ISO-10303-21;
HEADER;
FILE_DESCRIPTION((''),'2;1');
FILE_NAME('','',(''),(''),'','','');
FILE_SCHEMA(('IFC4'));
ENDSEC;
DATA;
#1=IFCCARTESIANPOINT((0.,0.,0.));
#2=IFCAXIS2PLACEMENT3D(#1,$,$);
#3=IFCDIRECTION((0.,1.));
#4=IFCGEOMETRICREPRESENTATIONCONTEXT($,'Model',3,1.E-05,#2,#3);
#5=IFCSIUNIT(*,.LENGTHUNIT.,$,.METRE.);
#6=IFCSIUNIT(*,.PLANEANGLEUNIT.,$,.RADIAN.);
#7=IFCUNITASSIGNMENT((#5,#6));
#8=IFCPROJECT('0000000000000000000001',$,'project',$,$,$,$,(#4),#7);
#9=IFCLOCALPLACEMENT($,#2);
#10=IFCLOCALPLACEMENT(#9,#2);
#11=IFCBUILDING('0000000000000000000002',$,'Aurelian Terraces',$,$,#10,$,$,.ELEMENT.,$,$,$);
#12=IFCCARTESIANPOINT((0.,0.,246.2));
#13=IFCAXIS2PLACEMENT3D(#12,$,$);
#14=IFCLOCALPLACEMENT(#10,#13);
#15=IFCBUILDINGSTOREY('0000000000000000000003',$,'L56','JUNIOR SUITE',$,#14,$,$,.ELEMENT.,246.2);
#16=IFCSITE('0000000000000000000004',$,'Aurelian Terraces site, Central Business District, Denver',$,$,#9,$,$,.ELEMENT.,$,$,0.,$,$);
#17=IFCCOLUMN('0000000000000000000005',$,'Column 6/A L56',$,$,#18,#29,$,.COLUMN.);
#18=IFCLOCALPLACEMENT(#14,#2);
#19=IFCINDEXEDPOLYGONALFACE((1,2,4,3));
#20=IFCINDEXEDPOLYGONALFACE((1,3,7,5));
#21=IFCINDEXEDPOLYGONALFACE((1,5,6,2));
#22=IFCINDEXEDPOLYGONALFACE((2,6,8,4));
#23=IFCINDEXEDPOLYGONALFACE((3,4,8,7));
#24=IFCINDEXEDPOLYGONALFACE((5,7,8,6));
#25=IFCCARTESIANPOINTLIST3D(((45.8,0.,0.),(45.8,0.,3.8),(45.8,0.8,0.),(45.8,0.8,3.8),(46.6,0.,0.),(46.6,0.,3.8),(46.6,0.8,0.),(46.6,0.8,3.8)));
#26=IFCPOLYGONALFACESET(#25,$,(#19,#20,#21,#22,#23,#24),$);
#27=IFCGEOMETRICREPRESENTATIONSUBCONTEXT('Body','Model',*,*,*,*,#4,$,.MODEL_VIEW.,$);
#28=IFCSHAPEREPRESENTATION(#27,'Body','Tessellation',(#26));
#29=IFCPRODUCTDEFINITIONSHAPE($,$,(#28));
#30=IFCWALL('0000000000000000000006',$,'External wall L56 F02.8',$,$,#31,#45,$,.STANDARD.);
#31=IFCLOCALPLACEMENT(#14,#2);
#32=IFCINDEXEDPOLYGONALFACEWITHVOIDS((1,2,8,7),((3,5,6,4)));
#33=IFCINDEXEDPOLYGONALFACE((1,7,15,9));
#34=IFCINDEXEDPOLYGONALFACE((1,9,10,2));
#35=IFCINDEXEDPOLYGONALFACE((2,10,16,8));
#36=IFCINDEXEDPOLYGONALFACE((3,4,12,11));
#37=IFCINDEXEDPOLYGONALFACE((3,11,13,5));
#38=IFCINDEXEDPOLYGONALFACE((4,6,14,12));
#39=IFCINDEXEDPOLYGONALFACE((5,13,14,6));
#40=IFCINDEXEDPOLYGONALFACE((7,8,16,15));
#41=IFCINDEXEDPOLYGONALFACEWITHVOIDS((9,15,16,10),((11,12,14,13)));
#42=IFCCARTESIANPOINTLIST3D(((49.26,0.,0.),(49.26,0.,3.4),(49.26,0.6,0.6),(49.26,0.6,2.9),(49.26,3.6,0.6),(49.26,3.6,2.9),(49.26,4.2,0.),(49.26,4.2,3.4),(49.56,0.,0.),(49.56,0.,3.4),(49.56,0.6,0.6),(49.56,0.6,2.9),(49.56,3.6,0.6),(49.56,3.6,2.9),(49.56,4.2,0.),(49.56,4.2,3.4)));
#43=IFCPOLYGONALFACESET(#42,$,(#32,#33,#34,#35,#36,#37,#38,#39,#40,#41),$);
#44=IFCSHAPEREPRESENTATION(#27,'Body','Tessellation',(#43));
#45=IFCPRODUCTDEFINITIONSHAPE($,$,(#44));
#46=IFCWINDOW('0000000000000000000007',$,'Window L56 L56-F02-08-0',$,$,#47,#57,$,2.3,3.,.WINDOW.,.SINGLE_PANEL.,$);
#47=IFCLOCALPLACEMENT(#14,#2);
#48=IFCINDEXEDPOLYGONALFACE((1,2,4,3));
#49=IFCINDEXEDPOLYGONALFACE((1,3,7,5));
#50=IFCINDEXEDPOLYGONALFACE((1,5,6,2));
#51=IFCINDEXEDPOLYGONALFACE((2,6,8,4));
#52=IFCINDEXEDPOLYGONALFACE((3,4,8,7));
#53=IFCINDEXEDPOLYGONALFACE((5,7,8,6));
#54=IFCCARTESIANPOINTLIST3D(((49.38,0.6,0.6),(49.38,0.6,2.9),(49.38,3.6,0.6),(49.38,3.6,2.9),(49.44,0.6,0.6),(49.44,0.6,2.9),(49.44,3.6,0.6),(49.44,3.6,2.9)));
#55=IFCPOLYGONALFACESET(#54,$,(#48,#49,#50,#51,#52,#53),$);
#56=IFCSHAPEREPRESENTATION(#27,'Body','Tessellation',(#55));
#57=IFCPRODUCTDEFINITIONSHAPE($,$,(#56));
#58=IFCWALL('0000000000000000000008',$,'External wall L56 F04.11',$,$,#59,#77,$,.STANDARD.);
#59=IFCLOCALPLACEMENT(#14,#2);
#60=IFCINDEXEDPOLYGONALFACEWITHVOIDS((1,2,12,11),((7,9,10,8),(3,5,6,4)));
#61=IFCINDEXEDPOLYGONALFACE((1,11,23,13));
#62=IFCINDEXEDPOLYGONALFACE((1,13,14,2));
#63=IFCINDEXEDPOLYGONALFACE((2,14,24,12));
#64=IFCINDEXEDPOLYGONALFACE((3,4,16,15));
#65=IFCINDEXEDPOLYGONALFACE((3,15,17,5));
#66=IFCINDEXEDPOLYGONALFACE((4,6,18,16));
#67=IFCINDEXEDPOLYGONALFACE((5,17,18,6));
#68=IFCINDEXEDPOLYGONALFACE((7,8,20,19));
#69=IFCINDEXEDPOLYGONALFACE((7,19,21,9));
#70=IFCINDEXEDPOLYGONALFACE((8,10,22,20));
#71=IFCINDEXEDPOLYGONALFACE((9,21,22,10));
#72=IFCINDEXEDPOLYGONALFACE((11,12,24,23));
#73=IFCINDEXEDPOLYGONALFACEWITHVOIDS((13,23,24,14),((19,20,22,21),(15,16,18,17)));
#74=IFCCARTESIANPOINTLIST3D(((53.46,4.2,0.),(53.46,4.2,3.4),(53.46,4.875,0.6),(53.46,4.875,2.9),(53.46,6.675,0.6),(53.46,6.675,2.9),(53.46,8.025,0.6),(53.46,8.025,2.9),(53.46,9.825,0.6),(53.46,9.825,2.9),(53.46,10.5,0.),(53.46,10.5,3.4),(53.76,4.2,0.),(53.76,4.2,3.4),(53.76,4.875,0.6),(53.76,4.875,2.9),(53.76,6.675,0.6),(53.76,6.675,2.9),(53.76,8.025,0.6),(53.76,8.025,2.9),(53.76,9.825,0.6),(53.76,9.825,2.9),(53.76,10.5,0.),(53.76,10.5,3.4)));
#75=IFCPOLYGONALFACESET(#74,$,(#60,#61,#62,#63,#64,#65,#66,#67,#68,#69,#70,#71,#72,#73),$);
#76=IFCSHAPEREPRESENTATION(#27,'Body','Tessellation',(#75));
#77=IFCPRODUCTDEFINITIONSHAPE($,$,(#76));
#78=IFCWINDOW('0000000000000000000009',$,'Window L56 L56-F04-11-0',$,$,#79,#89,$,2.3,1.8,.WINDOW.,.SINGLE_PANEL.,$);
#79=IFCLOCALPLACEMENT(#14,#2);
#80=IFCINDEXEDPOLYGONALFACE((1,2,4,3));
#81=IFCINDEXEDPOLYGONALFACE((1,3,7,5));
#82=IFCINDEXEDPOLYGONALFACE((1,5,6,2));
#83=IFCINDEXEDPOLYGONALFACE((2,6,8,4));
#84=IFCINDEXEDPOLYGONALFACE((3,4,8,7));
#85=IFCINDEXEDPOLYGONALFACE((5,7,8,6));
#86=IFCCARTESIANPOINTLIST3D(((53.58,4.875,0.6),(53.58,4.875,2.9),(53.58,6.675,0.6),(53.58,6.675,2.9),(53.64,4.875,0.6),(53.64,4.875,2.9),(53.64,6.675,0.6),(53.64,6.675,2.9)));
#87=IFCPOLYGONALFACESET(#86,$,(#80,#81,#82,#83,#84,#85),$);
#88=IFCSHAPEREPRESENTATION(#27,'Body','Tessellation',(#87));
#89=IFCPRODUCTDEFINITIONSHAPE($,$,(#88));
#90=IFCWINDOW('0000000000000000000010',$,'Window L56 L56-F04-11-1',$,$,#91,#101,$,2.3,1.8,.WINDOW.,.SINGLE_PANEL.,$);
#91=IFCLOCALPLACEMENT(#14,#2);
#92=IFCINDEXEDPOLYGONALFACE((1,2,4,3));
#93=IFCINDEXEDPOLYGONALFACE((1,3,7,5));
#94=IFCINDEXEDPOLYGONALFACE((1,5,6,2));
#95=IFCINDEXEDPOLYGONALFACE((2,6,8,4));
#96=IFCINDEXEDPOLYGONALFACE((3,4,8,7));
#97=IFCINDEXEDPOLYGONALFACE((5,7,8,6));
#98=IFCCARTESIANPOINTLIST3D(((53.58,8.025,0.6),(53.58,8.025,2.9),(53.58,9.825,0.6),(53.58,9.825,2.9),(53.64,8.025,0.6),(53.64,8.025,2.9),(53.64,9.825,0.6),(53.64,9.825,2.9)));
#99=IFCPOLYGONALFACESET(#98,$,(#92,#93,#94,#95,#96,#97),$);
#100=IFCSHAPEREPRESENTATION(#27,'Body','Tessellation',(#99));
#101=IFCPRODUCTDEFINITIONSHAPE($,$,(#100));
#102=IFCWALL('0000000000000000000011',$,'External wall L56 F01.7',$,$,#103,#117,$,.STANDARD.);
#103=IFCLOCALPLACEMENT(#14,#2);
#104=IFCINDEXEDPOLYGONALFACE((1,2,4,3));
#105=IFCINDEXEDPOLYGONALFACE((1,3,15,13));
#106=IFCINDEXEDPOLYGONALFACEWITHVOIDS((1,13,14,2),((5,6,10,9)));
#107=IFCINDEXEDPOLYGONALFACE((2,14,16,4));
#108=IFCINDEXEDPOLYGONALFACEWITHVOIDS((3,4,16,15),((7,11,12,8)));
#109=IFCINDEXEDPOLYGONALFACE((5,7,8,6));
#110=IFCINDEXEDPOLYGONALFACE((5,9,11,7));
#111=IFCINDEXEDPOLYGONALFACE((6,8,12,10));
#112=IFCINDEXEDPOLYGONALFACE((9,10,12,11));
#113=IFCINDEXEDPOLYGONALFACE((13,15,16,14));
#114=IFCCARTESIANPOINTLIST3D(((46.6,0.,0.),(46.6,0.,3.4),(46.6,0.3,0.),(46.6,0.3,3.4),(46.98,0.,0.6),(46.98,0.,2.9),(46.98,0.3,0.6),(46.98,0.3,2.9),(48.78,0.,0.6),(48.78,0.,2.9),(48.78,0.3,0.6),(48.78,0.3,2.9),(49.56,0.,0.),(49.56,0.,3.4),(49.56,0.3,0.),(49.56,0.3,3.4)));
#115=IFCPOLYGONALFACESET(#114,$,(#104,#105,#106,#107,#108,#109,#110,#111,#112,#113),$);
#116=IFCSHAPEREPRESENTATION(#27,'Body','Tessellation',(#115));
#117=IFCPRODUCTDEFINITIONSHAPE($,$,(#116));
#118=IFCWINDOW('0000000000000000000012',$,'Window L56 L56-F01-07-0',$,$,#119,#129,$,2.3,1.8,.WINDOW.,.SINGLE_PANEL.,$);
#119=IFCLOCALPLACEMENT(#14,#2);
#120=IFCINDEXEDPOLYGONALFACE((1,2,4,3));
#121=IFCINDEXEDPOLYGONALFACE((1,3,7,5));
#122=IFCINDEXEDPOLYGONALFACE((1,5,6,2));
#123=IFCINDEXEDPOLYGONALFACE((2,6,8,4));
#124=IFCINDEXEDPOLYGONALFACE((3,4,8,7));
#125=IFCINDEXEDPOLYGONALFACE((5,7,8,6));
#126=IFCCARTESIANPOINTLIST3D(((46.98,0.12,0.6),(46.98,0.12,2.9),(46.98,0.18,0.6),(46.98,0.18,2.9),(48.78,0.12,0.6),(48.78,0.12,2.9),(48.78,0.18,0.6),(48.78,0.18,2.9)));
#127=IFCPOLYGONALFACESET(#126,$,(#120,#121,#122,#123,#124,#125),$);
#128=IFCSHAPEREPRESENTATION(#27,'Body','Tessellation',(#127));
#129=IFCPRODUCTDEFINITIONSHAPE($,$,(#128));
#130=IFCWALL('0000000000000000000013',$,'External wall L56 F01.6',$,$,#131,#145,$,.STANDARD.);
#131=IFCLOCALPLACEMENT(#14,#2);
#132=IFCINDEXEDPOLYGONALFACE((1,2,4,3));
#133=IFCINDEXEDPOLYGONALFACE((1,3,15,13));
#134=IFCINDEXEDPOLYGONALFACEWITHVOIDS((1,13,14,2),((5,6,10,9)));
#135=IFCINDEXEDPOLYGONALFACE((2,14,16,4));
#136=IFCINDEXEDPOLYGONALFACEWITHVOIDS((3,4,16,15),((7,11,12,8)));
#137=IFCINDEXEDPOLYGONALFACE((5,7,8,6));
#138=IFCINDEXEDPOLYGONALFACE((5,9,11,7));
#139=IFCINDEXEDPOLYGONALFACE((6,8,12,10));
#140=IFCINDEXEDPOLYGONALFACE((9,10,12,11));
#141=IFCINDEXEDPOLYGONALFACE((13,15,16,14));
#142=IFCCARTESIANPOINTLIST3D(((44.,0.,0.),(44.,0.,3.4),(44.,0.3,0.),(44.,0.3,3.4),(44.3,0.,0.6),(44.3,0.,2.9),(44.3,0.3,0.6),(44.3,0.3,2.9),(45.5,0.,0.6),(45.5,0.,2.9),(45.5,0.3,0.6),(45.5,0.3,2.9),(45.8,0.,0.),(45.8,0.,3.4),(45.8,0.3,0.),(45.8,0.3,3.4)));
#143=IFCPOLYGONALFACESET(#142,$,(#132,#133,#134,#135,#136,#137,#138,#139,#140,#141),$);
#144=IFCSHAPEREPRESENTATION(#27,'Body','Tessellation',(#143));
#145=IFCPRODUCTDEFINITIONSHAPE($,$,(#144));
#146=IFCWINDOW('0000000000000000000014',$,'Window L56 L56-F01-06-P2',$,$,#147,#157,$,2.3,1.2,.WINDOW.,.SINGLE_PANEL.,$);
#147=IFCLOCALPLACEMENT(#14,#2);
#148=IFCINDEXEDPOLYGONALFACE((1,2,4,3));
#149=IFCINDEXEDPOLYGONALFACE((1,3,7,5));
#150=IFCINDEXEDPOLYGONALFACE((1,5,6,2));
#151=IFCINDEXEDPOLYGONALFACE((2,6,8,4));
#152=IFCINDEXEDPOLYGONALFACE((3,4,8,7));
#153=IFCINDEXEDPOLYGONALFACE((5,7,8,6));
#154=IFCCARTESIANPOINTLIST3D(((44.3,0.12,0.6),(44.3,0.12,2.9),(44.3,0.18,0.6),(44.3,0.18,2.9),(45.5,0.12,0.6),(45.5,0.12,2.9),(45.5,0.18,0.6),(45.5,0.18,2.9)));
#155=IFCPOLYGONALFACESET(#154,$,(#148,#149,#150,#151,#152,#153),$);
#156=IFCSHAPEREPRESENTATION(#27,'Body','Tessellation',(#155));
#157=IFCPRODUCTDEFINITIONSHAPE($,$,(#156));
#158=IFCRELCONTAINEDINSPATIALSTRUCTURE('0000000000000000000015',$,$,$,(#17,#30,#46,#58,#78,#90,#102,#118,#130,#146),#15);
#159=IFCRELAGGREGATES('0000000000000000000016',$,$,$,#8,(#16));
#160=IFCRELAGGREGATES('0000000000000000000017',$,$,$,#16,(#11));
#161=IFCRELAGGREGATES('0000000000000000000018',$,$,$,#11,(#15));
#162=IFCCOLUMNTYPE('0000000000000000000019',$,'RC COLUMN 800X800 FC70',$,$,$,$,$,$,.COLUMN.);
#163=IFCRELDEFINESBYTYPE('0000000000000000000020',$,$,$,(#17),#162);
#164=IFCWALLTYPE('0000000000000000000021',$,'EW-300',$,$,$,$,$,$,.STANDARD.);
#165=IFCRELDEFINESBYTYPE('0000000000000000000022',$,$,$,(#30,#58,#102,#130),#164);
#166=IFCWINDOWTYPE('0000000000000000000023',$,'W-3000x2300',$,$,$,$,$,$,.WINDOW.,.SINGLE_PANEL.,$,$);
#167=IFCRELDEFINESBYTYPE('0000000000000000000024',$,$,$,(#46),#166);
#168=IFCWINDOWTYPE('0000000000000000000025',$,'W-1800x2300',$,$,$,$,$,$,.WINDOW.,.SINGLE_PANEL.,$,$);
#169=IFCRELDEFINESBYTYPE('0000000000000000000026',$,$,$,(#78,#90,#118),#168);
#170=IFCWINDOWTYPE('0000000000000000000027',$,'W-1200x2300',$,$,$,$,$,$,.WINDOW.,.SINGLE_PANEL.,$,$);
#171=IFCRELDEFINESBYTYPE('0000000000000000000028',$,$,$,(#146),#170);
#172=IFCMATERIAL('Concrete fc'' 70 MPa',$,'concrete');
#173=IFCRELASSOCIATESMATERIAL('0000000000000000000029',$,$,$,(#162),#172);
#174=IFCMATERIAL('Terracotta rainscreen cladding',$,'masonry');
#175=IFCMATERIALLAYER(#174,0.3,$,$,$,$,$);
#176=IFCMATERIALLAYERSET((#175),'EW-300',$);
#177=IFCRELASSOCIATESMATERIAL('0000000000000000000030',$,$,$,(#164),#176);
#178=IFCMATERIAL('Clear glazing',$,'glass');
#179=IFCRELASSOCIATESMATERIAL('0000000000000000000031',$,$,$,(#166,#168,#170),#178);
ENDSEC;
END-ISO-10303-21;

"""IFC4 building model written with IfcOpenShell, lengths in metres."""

from ifc_helpers import new_model, si_unit, direction, frame, frame_2d, origin, origin_2d, place, context, subcontext, project, spatial, rectangle, extrude, source, transform, mapped, material, layer, layer_set, material_profile, profile_set, type_object, element, fill, save


model = new_model("IFC4")

# Units and contexts
model_context = context("Model", 3, precision=1e-05, world=origin(), true_north=direction((0.0, 1.0)))
body_context = subcontext(model_context, "Body", "Model", "MODEL_VIEW")
ifc_project = project(units=[si_unit("LENGTHUNIT", "METRE"), si_unit("PLANEANGLEUNIT", "RADIAN")], contexts=[model_context])

# Site, building, storey
site_placement = place(None, origin())
site = spatial("IfcSite", under=ifc_project, at=site_placement, Name="Aurelian Terraces site, Central Business District, Denver", CompositionType="ELEMENT", RefElevation=0.0)
building_placement = place(site_placement, origin())
building = spatial("IfcBuilding", under=site, at=building_placement, Name="Aurelian Terraces", CompositionType="ELEMENT")
storey_placement = place(building_placement, frame((0.0, 0.0, 246.2)))
storey = spatial("IfcBuildingStorey", under=building, at=storey_placement, Name="L56", Description="JUNIOR SUITE", CompositionType="ELEMENT", Elevation=246.2)

# Column
ifc_material_1 = material(Name="Concrete fc' 70 MPa", Category="concrete")
ifc_material_profile = material_profile(ifc_material_1, rectangle(XDim=0.8, YDim=0.8, at=origin_2d()))
ifc_profile_set = profile_set([ifc_material_profile], Name="Concrete fc' 70 MPa")
column_type = type_object("IfcColumnType", Name="RC COLUMN 800X800 FC70", PredefinedType="COLUMN", material=ifc_profile_set)
shared_shape_1 = source(origin(), body_context, "Body", "SweptSolid", [
    extrude(rectangle(XDim=0.8, YDim=0.8, at=origin_2d()), origin(), (0.0, 0.0, 1.0), 3.8),
])
column_placement = place(storey_placement, frame((46.2, 0.4, 0.0), z_axis=(0.0, 0.0, 1.0), x_axis=(1.0, 0.0, 0.0)))
element("IfcColumn", 1, at=column_placement, inside=storey, type_object=column_type, Name="Column 6/A L56", PredefinedType="COLUMN", context=body_context, shape_type="MappedRepresentation", body=[
    mapped(shared_shape_1, transform((0.0, 0.0, 0.0), scale=1.0)),
])

# Wall, opening, window
ifc_material_2 = material(Name="Terracotta rainscreen cladding", Category="masonry")
ifc_layer_1 = layer(ifc_material_2, 0.3)
ifc_layer_set_1 = layer_set([ifc_layer_1], Name="EW-300")
wall_type_1 = type_object("IfcWallType", Name="EW-300", PredefinedType="STANDARD", material=ifc_layer_set_1)
shared_shape_2 = source(origin(), body_context, "Body", "SweptSolid", [
    extrude(rectangle(XDim=4.2, YDim=0.3, at=frame_2d((2.1, 0.0))), origin(), (0.0, 0.0, 1.0), 3.4),
])
wall_1_placement = place(storey_placement, frame((49.41, 0.0, 0.0), z_axis=(0.0, 0.0, 1.0), x_axis=(0.0, 1.0, 0.0)))
wall_1 = element("IfcWall", 2, at=wall_1_placement, inside=storey, type_object=wall_type_1, Name="External wall L56 F02.8", PredefinedType="STANDARD", context=body_context, shape_type="MappedRepresentation", body=[
    mapped(shared_shape_2, transform((0.0, 0.0, 0.0), scale=1.0)),
])
shared_shape_3 = source(origin(), body_context, "Body", "SweptSolid", [
    extrude(rectangle(XDim=3.0, YDim=2.3, at=frame_2d((1.5, 1.15))), frame((0.0, 0.16, 0.0), z_axis=(0.0, -1.0, 0.0), x_axis=(1.0, 0.0, 0.0)), (0.0, 0.0, 1.0), 0.32),
])
opening_1_placement = place(wall_1_placement, frame((0.6, 0.0, 0.6)))
opening_1 = element("IfcOpeningElement", 3, at=opening_1_placement, cuts=wall_1, PredefinedType="OPENING", context=body_context, shape_type="MappedRepresentation", body=[
    mapped(shared_shape_3, transform((0.0, 0.0, 0.0), scale=1.0)),
])
ifc_material_3 = material(Name="Clear glazing", Category="glass")
window_type_1 = type_object("IfcWindowType", Name="W-3000x2300", PartitioningType="SINGLE_PANEL", PredefinedType="WINDOW", material=ifc_material_3)
shared_shape_4 = source(origin(), body_context, "Body", "SweptSolid", [
    extrude(rectangle(XDim=3.0, YDim=2.3, at=frame_2d((1.5, 1.15))), frame((0.0, 0.03, 0.0), z_axis=(0.0, -1.0, 0.0), x_axis=(1.0, 0.0, 0.0)), (0.0, 0.0, 1.0), 0.06),
])
window_1_placement = place(opening_1_placement, origin())
window_1 = element("IfcWindow", 4, at=window_1_placement, inside=storey, type_object=window_type_1, Name="Window L56 L56-F02-08-0", OverallHeight=2.3, OverallWidth=3.0, PartitioningType="SINGLE_PANEL", PredefinedType="WINDOW", context=body_context, shape_type="MappedRepresentation", body=[
    mapped(shared_shape_4, transform((0.0, 0.0, 0.0), scale=1.0)),
])
fill(opening_1, window_1)

# Wall, openings, windows
shared_shape_5 = source(origin(), body_context, "Body", "SweptSolid", [
    extrude(rectangle(XDim=6.3, YDim=0.3, at=frame_2d((3.15, 0.0))), origin(), (0.0, 0.0, 1.0), 3.4),
])
wall_2_placement = place(storey_placement, frame((53.61, 4.2, 0.0), z_axis=(0.0, 0.0, 1.0), x_axis=(0.0, 1.0, 0.0)))
wall_2 = element("IfcWall", 5, at=wall_2_placement, inside=storey, type_object=wall_type_1, Name="External wall L56 F04.11", PredefinedType="STANDARD", context=body_context, shape_type="MappedRepresentation", body=[
    mapped(shared_shape_5, transform((0.0, 0.0, 0.0), scale=1.0)),
])
shared_shape_6 = source(origin(), body_context, "Body", "SweptSolid", [
    extrude(rectangle(XDim=1.8, YDim=2.3, at=frame_2d((0.9, 1.15))), frame((0.0, 0.16, 0.0), z_axis=(0.0, -1.0, 0.0), x_axis=(1.0, 0.0, 0.0)), (0.0, 0.0, 1.0), 0.32),
])
opening_2_placement = place(wall_2_placement, frame((0.675, 0.0, 0.6)))
opening_2 = element("IfcOpeningElement", 6, at=opening_2_placement, cuts=wall_2, PredefinedType="OPENING", context=body_context, shape_type="MappedRepresentation", body=[
    mapped(shared_shape_6, transform((0.0, 0.0, 0.0), scale=1.0)),
])
opening_3_placement = place(wall_2_placement, frame((3.825, 0.0, 0.6)))
opening_3 = element("IfcOpeningElement", 7, at=opening_3_placement, cuts=wall_2, PredefinedType="OPENING", context=body_context, shape_type="MappedRepresentation", body=[
    mapped(shared_shape_6, transform((0.0, 0.0, 0.0), scale=1.0)),
])
window_type_2 = type_object("IfcWindowType", Name="W-1800x2300", PartitioningType="SINGLE_PANEL", PredefinedType="WINDOW", material=ifc_material_3)
shared_shape_7 = source(origin(), body_context, "Body", "SweptSolid", [
    extrude(rectangle(XDim=1.8, YDim=2.3, at=frame_2d((0.9, 1.15))), frame((0.0, 0.03, 0.0), z_axis=(0.0, -1.0, 0.0), x_axis=(1.0, 0.0, 0.0)), (0.0, 0.0, 1.0), 0.06),
])
window_2_placement = place(opening_2_placement, origin())
window_2 = element("IfcWindow", 8, at=window_2_placement, inside=storey, type_object=window_type_2, Name="Window L56 L56-F04-11-0", OverallHeight=2.3, OverallWidth=1.8, PartitioningType="SINGLE_PANEL", PredefinedType="WINDOW", context=body_context, shape_type="MappedRepresentation", body=[
    mapped(shared_shape_7, transform((0.0, 0.0, 0.0), scale=1.0)),
])
fill(opening_2, window_2)
window_3_placement = place(opening_3_placement, origin())
window_3 = element("IfcWindow", 9, at=window_3_placement, inside=storey, type_object=window_type_2, Name="Window L56 L56-F04-11-1", OverallHeight=2.3, OverallWidth=1.8, PartitioningType="SINGLE_PANEL", PredefinedType="WINDOW", context=body_context, shape_type="MappedRepresentation", body=[
    mapped(shared_shape_7, transform((0.0, 0.0, 0.0), scale=1.0)),
])
fill(opening_3, window_3)

# Walls, openings, windows
shared_shape_8 = source(origin(), body_context, "Body", "SweptSolid", [
    extrude(rectangle(XDim=2.96, YDim=0.3, at=frame_2d((1.48, 0.0))), origin(), (0.0, 0.0, 1.0), 3.4),
])
wall_3_placement = place(storey_placement, frame((46.6, 0.15, 0.0), z_axis=(0.0, 0.0, 1.0), x_axis=(1.0, 0.0, 0.0)))
wall_3 = element("IfcWall", 10, at=wall_3_placement, inside=storey, type_object=wall_type_1, Name="External wall L56 F01.7", PredefinedType="STANDARD", context=body_context, shape_type="MappedRepresentation", body=[
    mapped(shared_shape_8, transform((0.0, 0.0, 0.0), scale=1.0)),
])
opening_4_placement = place(wall_3_placement, frame((0.38, 0.0, 0.6)))
opening_4 = element("IfcOpeningElement", 11, at=opening_4_placement, cuts=wall_3, PredefinedType="OPENING", context=body_context, shape_type="MappedRepresentation", body=[
    mapped(shared_shape_6, transform((0.0, 0.0, 0.0), scale=1.0)),
])
window_4_placement = place(opening_4_placement, origin())
window_4 = element("IfcWindow", 12, at=window_4_placement, inside=storey, type_object=window_type_2, Name="Window L56 L56-F01-07-0", OverallHeight=2.3, OverallWidth=1.8, PartitioningType="SINGLE_PANEL", PredefinedType="WINDOW", context=body_context, shape_type="MappedRepresentation", body=[
    mapped(shared_shape_7, transform((0.0, 0.0, 0.0), scale=1.0)),
])
fill(opening_4, window_4)
shared_shape_9 = source(origin(), body_context, "Body", "SweptSolid", [
    extrude(rectangle(XDim=1.8, YDim=0.3, at=frame_2d((0.9, 0.0))), origin(), (0.0, 0.0, 1.0), 3.4),
])
wall_4_placement = place(storey_placement, frame((44.0, 0.15, 0.0), z_axis=(0.0, 0.0, 1.0), x_axis=(1.0, 0.0, 0.0)))
wall_4 = element("IfcWall", 13, at=wall_4_placement, inside=storey, type_object=wall_type_1, Name="External wall L56 F01.6", PredefinedType="STANDARD", context=body_context, shape_type="MappedRepresentation", body=[
    mapped(shared_shape_9, transform((0.0, 0.0, 0.0), scale=1.0)),
])
shared_shape_10 = source(origin(), body_context, "Body", "SweptSolid", [
    extrude(rectangle(XDim=1.2, YDim=2.3, at=frame_2d((0.6, 1.15))), frame((0.0, 0.16, 0.0), z_axis=(0.0, -1.0, 0.0), x_axis=(1.0, 0.0, 0.0)), (0.0, 0.0, 1.0), 0.32),
])
opening_5_placement = place(wall_4_placement, frame((0.3, 0.0, 0.6)))
opening_5 = element("IfcOpeningElement", 14, at=opening_5_placement, cuts=wall_4, PredefinedType="OPENING", context=body_context, shape_type="MappedRepresentation", body=[
    mapped(shared_shape_10, transform((0.0, 0.0, 0.0), scale=1.0)),
])
window_type_3 = type_object("IfcWindowType", Name="W-1200x2300", PartitioningType="SINGLE_PANEL", PredefinedType="WINDOW", material=ifc_material_3)
shared_shape_11 = source(origin(), body_context, "Body", "SweptSolid", [
    extrude(rectangle(XDim=1.2, YDim=2.3, at=frame_2d((0.6, 1.15))), frame((0.0, 0.03, 0.0), z_axis=(0.0, -1.0, 0.0), x_axis=(1.0, 0.0, 0.0)), (0.0, 0.0, 1.0), 0.06),
])
window_5_placement = place(opening_5_placement, origin())
window_5 = element("IfcWindow", 15, at=window_5_placement, inside=storey, type_object=window_type_3, Name="Window L56 L56-F01-06-P2", OverallHeight=2.3, OverallWidth=1.2, PartitioningType="SINGLE_PANEL", PredefinedType="WINDOW", context=body_context, shape_type="MappedRepresentation", body=[
    mapped(shared_shape_11, transform((0.0, 0.0, 0.0), scale=1.0)),
])
fill(opening_5, window_5)

save(model, "model.ifc")
